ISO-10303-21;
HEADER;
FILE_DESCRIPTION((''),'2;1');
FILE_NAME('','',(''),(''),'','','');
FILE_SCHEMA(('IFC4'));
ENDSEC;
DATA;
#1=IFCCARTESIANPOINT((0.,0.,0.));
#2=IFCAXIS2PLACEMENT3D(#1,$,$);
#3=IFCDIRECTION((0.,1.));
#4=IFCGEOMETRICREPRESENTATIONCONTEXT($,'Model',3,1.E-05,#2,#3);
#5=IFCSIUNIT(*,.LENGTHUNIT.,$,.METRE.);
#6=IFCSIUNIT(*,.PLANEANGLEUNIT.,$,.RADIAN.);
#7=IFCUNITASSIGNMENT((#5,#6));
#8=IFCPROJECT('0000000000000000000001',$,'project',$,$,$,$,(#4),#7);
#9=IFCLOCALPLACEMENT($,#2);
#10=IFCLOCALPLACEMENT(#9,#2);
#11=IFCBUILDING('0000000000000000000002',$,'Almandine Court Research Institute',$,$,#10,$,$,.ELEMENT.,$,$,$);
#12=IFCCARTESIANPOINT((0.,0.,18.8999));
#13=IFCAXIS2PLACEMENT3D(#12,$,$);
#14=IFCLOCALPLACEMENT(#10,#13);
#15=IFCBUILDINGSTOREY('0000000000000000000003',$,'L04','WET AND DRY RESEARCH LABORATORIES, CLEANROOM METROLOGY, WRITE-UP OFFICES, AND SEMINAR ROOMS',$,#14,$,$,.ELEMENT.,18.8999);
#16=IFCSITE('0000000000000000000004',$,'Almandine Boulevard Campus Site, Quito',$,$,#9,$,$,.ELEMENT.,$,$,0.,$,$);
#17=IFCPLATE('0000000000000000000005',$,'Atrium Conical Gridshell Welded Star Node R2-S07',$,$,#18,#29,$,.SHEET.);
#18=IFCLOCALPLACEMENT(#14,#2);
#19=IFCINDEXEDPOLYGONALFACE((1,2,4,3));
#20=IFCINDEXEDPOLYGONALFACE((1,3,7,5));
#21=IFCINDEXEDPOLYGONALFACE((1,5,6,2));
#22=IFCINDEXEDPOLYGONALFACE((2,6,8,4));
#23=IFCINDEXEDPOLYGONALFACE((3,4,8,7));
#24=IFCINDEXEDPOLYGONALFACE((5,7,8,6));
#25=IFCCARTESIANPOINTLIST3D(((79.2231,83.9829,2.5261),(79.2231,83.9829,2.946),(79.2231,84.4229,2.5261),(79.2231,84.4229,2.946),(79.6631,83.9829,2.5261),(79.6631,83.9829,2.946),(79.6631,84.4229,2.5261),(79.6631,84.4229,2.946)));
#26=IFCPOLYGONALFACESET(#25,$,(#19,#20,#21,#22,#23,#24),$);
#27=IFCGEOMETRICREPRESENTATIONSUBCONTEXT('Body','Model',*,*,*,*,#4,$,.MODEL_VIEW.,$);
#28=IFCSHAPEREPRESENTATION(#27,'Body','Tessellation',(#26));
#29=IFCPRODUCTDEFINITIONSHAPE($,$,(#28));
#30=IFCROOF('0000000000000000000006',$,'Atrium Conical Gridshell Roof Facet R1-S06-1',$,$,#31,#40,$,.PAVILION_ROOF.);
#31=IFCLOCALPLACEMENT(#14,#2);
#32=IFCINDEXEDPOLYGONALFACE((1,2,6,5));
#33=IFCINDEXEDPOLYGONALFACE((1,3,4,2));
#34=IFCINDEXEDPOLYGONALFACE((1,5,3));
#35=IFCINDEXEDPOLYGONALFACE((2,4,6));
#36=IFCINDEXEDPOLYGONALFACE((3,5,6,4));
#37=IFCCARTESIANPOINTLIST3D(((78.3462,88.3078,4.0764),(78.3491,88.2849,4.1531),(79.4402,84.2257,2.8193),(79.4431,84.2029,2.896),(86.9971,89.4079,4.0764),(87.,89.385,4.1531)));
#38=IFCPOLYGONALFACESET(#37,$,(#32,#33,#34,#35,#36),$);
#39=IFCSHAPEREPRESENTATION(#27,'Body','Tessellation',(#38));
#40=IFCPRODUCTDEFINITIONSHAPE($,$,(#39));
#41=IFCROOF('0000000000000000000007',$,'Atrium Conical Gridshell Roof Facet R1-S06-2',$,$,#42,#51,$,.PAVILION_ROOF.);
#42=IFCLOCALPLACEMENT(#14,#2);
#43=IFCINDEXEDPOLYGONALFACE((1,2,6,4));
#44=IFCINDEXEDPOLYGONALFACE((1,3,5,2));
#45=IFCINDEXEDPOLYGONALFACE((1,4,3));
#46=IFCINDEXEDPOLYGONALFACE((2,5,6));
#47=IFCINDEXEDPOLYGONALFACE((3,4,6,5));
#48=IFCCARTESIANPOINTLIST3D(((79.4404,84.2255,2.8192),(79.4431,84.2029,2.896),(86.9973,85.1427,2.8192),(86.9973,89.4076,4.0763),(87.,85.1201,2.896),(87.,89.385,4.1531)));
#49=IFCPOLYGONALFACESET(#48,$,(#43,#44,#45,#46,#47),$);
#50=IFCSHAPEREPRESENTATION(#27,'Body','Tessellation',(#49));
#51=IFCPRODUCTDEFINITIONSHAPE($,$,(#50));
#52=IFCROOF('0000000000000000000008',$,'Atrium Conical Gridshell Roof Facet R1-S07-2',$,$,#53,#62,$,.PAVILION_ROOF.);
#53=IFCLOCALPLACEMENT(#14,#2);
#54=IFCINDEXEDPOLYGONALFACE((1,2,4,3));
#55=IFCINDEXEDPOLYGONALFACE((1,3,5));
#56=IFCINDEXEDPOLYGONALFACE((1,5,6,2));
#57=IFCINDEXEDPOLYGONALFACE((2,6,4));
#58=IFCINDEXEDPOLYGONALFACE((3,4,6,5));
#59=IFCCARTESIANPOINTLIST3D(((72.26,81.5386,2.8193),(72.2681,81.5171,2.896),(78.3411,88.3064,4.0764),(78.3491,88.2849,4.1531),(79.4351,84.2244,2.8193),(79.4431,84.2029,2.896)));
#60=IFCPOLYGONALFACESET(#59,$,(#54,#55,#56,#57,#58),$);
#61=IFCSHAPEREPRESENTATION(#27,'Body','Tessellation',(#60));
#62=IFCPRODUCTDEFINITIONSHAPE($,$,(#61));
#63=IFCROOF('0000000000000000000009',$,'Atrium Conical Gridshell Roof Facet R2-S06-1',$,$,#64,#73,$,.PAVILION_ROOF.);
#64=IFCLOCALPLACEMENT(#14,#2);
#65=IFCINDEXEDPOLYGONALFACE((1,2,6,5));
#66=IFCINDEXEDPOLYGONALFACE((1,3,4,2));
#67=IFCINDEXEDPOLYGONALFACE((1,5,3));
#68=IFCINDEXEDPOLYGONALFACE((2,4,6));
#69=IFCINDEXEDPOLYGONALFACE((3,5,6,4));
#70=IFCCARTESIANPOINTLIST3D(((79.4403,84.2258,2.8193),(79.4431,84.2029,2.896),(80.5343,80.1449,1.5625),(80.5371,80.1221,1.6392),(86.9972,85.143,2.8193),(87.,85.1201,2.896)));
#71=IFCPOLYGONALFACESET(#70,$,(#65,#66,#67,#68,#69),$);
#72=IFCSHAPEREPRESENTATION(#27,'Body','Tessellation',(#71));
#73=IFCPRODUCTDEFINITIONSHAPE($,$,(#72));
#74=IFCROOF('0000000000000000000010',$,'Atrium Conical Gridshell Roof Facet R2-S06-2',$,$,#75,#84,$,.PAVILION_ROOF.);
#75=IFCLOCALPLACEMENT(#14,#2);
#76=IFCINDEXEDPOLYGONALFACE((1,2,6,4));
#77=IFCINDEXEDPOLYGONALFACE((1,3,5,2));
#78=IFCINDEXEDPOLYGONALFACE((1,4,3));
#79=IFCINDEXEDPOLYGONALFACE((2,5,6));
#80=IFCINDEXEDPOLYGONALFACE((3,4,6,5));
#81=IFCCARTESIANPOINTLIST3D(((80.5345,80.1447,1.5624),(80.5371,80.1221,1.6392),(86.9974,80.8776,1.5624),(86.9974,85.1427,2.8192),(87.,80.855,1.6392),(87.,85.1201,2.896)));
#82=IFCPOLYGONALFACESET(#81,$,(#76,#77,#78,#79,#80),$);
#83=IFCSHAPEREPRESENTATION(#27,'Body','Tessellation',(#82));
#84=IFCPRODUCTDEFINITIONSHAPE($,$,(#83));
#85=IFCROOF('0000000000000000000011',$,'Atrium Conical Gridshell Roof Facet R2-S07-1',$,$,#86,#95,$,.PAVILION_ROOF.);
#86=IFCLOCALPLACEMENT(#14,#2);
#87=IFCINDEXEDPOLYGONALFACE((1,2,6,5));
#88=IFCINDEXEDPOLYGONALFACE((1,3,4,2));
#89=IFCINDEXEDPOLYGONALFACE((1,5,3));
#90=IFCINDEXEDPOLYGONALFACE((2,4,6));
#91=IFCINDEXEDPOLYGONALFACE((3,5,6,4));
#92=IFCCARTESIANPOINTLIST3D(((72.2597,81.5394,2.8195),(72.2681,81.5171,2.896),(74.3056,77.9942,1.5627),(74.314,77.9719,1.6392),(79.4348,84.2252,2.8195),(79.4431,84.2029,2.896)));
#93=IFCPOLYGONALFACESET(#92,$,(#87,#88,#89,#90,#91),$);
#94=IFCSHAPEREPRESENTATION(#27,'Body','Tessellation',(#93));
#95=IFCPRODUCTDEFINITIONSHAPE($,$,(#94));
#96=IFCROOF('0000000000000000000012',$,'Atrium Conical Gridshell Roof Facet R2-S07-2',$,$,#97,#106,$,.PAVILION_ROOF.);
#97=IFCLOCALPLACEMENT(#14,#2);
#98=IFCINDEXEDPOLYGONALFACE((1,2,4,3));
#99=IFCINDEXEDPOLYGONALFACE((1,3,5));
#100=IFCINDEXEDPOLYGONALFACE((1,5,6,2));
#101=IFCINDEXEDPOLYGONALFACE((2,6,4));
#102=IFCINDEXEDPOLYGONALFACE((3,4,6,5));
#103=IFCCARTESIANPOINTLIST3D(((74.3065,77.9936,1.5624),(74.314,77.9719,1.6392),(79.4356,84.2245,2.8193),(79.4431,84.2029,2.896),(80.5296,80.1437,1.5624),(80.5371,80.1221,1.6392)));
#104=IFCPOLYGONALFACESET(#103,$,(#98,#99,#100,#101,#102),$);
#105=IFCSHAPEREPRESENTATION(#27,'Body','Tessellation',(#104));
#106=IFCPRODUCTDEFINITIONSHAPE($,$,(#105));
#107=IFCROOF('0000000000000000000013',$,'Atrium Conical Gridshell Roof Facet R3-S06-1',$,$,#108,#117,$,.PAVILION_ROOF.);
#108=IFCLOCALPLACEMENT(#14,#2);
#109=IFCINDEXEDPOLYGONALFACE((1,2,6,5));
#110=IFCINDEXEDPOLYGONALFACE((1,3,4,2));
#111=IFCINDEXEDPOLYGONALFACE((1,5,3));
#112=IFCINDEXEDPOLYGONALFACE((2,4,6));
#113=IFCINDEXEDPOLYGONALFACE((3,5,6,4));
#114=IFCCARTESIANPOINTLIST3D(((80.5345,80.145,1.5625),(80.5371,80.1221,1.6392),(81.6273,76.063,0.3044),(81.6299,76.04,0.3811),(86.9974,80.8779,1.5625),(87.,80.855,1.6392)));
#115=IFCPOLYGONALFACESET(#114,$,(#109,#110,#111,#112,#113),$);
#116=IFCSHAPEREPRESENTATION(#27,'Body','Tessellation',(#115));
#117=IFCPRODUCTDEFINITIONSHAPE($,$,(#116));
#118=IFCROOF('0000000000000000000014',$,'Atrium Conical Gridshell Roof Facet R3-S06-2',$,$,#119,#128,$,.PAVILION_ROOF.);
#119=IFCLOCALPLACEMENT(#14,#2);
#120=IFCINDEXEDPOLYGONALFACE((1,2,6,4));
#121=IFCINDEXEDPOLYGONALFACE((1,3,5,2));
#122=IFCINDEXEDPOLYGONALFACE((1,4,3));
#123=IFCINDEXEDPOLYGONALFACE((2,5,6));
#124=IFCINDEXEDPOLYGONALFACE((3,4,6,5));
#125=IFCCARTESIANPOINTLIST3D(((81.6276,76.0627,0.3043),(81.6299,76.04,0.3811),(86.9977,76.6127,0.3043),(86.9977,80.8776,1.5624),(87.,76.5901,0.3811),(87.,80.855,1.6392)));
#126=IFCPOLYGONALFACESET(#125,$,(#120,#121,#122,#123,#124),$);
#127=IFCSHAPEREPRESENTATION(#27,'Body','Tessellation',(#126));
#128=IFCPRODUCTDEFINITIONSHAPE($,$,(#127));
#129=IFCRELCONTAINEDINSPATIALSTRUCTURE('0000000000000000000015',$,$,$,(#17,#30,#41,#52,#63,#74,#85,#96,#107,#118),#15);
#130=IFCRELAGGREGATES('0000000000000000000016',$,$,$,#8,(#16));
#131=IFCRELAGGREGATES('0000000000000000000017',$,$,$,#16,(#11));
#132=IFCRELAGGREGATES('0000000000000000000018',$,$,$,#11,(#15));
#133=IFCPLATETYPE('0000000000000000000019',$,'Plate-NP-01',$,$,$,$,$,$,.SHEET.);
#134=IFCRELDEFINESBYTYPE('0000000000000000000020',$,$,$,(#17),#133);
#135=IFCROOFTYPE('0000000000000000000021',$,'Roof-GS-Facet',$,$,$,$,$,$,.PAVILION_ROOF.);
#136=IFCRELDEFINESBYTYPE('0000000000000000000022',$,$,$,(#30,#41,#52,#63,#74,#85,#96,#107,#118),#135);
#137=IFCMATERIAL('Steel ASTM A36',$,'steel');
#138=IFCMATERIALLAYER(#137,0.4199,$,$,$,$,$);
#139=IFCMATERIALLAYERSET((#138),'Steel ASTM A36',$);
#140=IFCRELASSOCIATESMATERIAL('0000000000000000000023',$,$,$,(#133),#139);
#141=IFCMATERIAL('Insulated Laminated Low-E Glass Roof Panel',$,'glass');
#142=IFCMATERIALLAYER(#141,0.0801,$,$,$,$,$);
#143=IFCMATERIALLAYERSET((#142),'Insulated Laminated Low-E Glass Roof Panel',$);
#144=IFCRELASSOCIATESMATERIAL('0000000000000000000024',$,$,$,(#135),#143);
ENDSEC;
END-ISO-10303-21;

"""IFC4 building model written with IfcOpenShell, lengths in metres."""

from ifc_helpers import new_model, si_unit, direction, frame, origin, origin_2d, place, context, subcontext, project, spatial, polyline, rectangle, outline, extrude, material, layer, layer_set, type_object, element, save


model = new_model("IFC4")

# Units and contexts
model_context = context("Model", 3, precision=1e-05, world=origin(), true_north=direction((0.0, 1.0)))
body_context = subcontext(model_context, "Body", "Model", "MODEL_VIEW")
ifc_project = project(units=[si_unit("LENGTHUNIT", "METRE"), si_unit("PLANEANGLEUNIT", "RADIAN")], contexts=[model_context])

# Site, building, storey
site_placement = place(None, origin())
site = spatial("IfcSite", under=ifc_project, at=site_placement, Name="Almandine Boulevard Campus Site, Quito", CompositionType="ELEMENT", RefElevation=0.0)
building_placement = place(site_placement, origin())
building = spatial("IfcBuilding", under=site, at=building_placement, Name="Almandine Court Research Institute", CompositionType="ELEMENT")
storey_placement = place(building_placement, frame((0.0, 0.0, 18.8999)))
storey = spatial("IfcBuildingStorey", under=building, at=storey_placement, Name="L04", Description="WET AND DRY RESEARCH LABORATORIES, CLEANROOM METROLOGY, WRITE-UP OFFICES, AND SEMINAR ROOMS", CompositionType="ELEMENT", Elevation=18.8999)

# Plate
ifc_material_1 = material(Name="Steel ASTM A36", Category="steel")
ifc_layer_1 = layer(ifc_material_1, 0.4199)
ifc_layer_set_1 = layer_set([ifc_layer_1], Name="Steel ASTM A36")
plate_type = type_object("IfcPlateType", Name="Plate-NP-01", PredefinedType="SHEET", material=ifc_layer_set_1)
for number, where, z_axis, x_axis, name in (
    (1, (79.4431, 84.2029, 2.5261), (0.0, 0.0, 1.0), (1.0, 0.0, 0.0), "Atrium Conical Gridshell Welded Star Node R2-S07"),
):
    element("IfcPlate", number, at=place(storey_placement, frame(where, z_axis=z_axis, x_axis=x_axis)), inside=storey, type_object=plate_type, Name=name, PredefinedType="SHEET", context=body_context, shape_type="SweptSolid", body=[
        extrude(rectangle(XDim=0.4399, YDim=0.4399, at=origin_2d()), origin(), (0.0, 0.0, 1.0), 0.4199),
    ])

# Roofs
ifc_material_2 = material(Name="Insulated Laminated Low-E Glass Roof Panel", Category="glass")
ifc_layer_2 = layer(ifc_material_2, 0.0801)
ifc_layer_set_2 = layer_set([ifc_layer_2], Name="Insulated Laminated Low-E Glass Roof Panel")
roof_type = type_object("IfcRoofType", Name="Roof-GS-Facet", PredefinedType="PAVILION_ROOF", material=ifc_layer_set_2)
roof_1_placement = place(storey_placement, frame((87.0, 89.385, 4.1531), z_axis=(0.036272, -0.28523, 0.957773), x_axis=(-0.992011, -0.12615, 0.0)))
element("IfcRoof", 2, at=roof_1_placement, inside=storey, type_object=roof_type, Name="Atrium Conical Gridshell Roof Facet R1-S06-1", PredefinedType="PAVILION_ROOF", context=body_context, shape_type="SweptSolid", body=[
    extrude(outline(polyline([(0.0, 0.0), (8.7205, 0.0), (8.1502, 4.372), (0.0, 0.0)])), origin(), (0.0, 0.0, -1.0), 0.0801),
])
roof_2_placement = place(storey_placement, frame((87.0, 89.385, 4.1531), z_axis=(0.034296, -0.282559, 0.958637), x_axis=(-0.817062, -0.5603, -0.135917)))
element("IfcRoof", 3, at=roof_2_placement, inside=storey, type_object=roof_type, Name="Atrium Conical Gridshell Roof Facet R1-S06-2", PredefinedType="PAVILION_ROOF", context=body_context, shape_type="SweptSolid", body=[
    extrude(outline(polyline([(0.0, 0.0), (9.2488, 0.0), (2.5605, 3.635), (0.0, 0.0)])), origin(), (0.0, 0.0, -1.0), 0.0801),
])
roof_3_placement = place(storey_placement, frame((78.3491, 88.2849, 4.1531), z_axis=(0.100378, -0.268159, 0.958131), x_axis=(-0.662069, -0.73684, -0.136863)))
element("IfcRoof", 4, at=roof_3_placement, inside=storey, type_object=roof_type, Name="Atrium Conical Gridshell Roof Facet R1-S07-2", PredefinedType="PAVILION_ROOF", context=body_context, shape_type="SweptSolid", body=[
    extrude(outline(polyline([(0.0, 0.0), (9.1849, 0.0), (2.4556, 3.662), (0.0, 0.0)])), origin(), (0.0, 0.0, -1.0), 0.0801),
])
roof_4_placement = place(storey_placement, frame((87.0, 85.1201, 2.896), z_axis=(0.034673, -0.285664, 0.957702), x_axis=(-0.992714, -0.120493, 0.0)))
element("IfcRoof", 5, at=roof_4_placement, inside=storey, type_object=roof_type, Name="Atrium Conical Gridshell Roof Facet R2-S06-1", PredefinedType="PAVILION_ROOF", context=body_context, shape_type="SweptSolid", body=[
    extrude(outline(polyline([(0.0, 0.0), (7.6123, 0.0), (7.018, 4.3676), (0.0, 0.0)])), origin(), (0.0, 0.0, -1.0), 0.0801),
])
roof_5_placement = place(storey_placement, frame((87.0, 85.1201, 2.896), z_axis=(0.032038, -0.282515, 0.958728), x_axis=(-0.781851, -0.604641, -0.152046)))
element("IfcRoof", 6, at=roof_5_placement, inside=storey, type_object=roof_type, Name="Atrium Conical Gridshell Roof Facet R2-S06-2", PredefinedType="PAVILION_ROOF", context=body_context, shape_type="SweptSolid", body=[
    extrude(outline(polyline([(0.0, 0.0), (8.2661, 0.0), (2.77, 3.4783), (0.0, 0.0)])), origin(), (0.0, 0.0, -1.0), 0.0801),
])
roof_6_placement = place(storey_placement, frame((79.4431, 84.2029, 2.896), z_axis=(0.104199, -0.278366, 0.954806), x_axis=(-0.936537, -0.350568, 0.0)))
element("IfcRoof", 7, at=roof_6_placement, inside=storey, type_object=roof_type, Name="Atrium Conical Gridshell Roof Facet R2-S07-1", PredefinedType="PAVILION_ROOF", context=body_context, shape_type="SweptSolid", body=[
    extrude(outline(polyline([(0.0, 0.0), (7.6613, 0.0), (6.988, 4.2285), (0.0, 0.0)])), origin(), (0.0, 0.0, -1.0), 0.0801),
])
roof_7_placement = place(storey_placement, frame((79.4431, 84.2029, 2.896), z_axis=(0.093329, -0.270121, 0.958292), x_axis=(-0.627974, -0.76287, -0.153877)))
element("IfcRoof", 8, at=roof_7_placement, inside=storey, type_object=roof_type, Name="Atrium Conical Gridshell Roof Facet R2-S07-2", PredefinedType="PAVILION_ROOF", context=body_context, shape_type="SweptSolid", body=[
    extrude(outline(polyline([(0.0, 0.0), (8.1678, 0.0), (2.6195, 3.5451), (0.0, 0.0)])), origin(), (0.0, 0.0, -1.0), 0.0801),
])
roof_8_placement = place(storey_placement, frame((87.0, 80.855, 1.6392), z_axis=(0.032481, -0.286417, 0.957554), x_axis=(-0.993631, -0.112681, 0.0)))
element("IfcRoof", 9, at=roof_8_placement, inside=storey, type_object=roof_type, Name="Atrium Conical Gridshell Roof Facet R3-S06-1", PredefinedType="PAVILION_ROOF", context=body_context, shape_type="SweptSolid", body=[
    extrude(outline(polyline([(0.0, 0.0), (6.5043, 0.0), (5.8785, 4.3644), (0.0, 0.0)])), origin(), (0.0, 0.0, -1.0), 0.0801),
])
roof_9_placement = place(storey_placement, frame((87.0, 80.855, 1.6392), z_axis=(0.028967, -0.282808, 0.958739), x_axis=(-0.733471, -0.657643, -0.17183)))
element("IfcRoof", 10, at=roof_9_placement, inside=storey, type_object=roof_type, Name="Atrium Conical Gridshell Roof Facet R3-S06-2", PredefinedType="PAVILION_ROOF", context=body_context, shape_type="SweptSolid", body=[
    extrude(outline(polyline([(0.0, 0.0), (7.3215, 0.0), (3.0209, 3.2628), (0.0, 0.0)])), origin(), (0.0, 0.0, -1.0), 0.0801),
])

save(model, "model.ifc")
